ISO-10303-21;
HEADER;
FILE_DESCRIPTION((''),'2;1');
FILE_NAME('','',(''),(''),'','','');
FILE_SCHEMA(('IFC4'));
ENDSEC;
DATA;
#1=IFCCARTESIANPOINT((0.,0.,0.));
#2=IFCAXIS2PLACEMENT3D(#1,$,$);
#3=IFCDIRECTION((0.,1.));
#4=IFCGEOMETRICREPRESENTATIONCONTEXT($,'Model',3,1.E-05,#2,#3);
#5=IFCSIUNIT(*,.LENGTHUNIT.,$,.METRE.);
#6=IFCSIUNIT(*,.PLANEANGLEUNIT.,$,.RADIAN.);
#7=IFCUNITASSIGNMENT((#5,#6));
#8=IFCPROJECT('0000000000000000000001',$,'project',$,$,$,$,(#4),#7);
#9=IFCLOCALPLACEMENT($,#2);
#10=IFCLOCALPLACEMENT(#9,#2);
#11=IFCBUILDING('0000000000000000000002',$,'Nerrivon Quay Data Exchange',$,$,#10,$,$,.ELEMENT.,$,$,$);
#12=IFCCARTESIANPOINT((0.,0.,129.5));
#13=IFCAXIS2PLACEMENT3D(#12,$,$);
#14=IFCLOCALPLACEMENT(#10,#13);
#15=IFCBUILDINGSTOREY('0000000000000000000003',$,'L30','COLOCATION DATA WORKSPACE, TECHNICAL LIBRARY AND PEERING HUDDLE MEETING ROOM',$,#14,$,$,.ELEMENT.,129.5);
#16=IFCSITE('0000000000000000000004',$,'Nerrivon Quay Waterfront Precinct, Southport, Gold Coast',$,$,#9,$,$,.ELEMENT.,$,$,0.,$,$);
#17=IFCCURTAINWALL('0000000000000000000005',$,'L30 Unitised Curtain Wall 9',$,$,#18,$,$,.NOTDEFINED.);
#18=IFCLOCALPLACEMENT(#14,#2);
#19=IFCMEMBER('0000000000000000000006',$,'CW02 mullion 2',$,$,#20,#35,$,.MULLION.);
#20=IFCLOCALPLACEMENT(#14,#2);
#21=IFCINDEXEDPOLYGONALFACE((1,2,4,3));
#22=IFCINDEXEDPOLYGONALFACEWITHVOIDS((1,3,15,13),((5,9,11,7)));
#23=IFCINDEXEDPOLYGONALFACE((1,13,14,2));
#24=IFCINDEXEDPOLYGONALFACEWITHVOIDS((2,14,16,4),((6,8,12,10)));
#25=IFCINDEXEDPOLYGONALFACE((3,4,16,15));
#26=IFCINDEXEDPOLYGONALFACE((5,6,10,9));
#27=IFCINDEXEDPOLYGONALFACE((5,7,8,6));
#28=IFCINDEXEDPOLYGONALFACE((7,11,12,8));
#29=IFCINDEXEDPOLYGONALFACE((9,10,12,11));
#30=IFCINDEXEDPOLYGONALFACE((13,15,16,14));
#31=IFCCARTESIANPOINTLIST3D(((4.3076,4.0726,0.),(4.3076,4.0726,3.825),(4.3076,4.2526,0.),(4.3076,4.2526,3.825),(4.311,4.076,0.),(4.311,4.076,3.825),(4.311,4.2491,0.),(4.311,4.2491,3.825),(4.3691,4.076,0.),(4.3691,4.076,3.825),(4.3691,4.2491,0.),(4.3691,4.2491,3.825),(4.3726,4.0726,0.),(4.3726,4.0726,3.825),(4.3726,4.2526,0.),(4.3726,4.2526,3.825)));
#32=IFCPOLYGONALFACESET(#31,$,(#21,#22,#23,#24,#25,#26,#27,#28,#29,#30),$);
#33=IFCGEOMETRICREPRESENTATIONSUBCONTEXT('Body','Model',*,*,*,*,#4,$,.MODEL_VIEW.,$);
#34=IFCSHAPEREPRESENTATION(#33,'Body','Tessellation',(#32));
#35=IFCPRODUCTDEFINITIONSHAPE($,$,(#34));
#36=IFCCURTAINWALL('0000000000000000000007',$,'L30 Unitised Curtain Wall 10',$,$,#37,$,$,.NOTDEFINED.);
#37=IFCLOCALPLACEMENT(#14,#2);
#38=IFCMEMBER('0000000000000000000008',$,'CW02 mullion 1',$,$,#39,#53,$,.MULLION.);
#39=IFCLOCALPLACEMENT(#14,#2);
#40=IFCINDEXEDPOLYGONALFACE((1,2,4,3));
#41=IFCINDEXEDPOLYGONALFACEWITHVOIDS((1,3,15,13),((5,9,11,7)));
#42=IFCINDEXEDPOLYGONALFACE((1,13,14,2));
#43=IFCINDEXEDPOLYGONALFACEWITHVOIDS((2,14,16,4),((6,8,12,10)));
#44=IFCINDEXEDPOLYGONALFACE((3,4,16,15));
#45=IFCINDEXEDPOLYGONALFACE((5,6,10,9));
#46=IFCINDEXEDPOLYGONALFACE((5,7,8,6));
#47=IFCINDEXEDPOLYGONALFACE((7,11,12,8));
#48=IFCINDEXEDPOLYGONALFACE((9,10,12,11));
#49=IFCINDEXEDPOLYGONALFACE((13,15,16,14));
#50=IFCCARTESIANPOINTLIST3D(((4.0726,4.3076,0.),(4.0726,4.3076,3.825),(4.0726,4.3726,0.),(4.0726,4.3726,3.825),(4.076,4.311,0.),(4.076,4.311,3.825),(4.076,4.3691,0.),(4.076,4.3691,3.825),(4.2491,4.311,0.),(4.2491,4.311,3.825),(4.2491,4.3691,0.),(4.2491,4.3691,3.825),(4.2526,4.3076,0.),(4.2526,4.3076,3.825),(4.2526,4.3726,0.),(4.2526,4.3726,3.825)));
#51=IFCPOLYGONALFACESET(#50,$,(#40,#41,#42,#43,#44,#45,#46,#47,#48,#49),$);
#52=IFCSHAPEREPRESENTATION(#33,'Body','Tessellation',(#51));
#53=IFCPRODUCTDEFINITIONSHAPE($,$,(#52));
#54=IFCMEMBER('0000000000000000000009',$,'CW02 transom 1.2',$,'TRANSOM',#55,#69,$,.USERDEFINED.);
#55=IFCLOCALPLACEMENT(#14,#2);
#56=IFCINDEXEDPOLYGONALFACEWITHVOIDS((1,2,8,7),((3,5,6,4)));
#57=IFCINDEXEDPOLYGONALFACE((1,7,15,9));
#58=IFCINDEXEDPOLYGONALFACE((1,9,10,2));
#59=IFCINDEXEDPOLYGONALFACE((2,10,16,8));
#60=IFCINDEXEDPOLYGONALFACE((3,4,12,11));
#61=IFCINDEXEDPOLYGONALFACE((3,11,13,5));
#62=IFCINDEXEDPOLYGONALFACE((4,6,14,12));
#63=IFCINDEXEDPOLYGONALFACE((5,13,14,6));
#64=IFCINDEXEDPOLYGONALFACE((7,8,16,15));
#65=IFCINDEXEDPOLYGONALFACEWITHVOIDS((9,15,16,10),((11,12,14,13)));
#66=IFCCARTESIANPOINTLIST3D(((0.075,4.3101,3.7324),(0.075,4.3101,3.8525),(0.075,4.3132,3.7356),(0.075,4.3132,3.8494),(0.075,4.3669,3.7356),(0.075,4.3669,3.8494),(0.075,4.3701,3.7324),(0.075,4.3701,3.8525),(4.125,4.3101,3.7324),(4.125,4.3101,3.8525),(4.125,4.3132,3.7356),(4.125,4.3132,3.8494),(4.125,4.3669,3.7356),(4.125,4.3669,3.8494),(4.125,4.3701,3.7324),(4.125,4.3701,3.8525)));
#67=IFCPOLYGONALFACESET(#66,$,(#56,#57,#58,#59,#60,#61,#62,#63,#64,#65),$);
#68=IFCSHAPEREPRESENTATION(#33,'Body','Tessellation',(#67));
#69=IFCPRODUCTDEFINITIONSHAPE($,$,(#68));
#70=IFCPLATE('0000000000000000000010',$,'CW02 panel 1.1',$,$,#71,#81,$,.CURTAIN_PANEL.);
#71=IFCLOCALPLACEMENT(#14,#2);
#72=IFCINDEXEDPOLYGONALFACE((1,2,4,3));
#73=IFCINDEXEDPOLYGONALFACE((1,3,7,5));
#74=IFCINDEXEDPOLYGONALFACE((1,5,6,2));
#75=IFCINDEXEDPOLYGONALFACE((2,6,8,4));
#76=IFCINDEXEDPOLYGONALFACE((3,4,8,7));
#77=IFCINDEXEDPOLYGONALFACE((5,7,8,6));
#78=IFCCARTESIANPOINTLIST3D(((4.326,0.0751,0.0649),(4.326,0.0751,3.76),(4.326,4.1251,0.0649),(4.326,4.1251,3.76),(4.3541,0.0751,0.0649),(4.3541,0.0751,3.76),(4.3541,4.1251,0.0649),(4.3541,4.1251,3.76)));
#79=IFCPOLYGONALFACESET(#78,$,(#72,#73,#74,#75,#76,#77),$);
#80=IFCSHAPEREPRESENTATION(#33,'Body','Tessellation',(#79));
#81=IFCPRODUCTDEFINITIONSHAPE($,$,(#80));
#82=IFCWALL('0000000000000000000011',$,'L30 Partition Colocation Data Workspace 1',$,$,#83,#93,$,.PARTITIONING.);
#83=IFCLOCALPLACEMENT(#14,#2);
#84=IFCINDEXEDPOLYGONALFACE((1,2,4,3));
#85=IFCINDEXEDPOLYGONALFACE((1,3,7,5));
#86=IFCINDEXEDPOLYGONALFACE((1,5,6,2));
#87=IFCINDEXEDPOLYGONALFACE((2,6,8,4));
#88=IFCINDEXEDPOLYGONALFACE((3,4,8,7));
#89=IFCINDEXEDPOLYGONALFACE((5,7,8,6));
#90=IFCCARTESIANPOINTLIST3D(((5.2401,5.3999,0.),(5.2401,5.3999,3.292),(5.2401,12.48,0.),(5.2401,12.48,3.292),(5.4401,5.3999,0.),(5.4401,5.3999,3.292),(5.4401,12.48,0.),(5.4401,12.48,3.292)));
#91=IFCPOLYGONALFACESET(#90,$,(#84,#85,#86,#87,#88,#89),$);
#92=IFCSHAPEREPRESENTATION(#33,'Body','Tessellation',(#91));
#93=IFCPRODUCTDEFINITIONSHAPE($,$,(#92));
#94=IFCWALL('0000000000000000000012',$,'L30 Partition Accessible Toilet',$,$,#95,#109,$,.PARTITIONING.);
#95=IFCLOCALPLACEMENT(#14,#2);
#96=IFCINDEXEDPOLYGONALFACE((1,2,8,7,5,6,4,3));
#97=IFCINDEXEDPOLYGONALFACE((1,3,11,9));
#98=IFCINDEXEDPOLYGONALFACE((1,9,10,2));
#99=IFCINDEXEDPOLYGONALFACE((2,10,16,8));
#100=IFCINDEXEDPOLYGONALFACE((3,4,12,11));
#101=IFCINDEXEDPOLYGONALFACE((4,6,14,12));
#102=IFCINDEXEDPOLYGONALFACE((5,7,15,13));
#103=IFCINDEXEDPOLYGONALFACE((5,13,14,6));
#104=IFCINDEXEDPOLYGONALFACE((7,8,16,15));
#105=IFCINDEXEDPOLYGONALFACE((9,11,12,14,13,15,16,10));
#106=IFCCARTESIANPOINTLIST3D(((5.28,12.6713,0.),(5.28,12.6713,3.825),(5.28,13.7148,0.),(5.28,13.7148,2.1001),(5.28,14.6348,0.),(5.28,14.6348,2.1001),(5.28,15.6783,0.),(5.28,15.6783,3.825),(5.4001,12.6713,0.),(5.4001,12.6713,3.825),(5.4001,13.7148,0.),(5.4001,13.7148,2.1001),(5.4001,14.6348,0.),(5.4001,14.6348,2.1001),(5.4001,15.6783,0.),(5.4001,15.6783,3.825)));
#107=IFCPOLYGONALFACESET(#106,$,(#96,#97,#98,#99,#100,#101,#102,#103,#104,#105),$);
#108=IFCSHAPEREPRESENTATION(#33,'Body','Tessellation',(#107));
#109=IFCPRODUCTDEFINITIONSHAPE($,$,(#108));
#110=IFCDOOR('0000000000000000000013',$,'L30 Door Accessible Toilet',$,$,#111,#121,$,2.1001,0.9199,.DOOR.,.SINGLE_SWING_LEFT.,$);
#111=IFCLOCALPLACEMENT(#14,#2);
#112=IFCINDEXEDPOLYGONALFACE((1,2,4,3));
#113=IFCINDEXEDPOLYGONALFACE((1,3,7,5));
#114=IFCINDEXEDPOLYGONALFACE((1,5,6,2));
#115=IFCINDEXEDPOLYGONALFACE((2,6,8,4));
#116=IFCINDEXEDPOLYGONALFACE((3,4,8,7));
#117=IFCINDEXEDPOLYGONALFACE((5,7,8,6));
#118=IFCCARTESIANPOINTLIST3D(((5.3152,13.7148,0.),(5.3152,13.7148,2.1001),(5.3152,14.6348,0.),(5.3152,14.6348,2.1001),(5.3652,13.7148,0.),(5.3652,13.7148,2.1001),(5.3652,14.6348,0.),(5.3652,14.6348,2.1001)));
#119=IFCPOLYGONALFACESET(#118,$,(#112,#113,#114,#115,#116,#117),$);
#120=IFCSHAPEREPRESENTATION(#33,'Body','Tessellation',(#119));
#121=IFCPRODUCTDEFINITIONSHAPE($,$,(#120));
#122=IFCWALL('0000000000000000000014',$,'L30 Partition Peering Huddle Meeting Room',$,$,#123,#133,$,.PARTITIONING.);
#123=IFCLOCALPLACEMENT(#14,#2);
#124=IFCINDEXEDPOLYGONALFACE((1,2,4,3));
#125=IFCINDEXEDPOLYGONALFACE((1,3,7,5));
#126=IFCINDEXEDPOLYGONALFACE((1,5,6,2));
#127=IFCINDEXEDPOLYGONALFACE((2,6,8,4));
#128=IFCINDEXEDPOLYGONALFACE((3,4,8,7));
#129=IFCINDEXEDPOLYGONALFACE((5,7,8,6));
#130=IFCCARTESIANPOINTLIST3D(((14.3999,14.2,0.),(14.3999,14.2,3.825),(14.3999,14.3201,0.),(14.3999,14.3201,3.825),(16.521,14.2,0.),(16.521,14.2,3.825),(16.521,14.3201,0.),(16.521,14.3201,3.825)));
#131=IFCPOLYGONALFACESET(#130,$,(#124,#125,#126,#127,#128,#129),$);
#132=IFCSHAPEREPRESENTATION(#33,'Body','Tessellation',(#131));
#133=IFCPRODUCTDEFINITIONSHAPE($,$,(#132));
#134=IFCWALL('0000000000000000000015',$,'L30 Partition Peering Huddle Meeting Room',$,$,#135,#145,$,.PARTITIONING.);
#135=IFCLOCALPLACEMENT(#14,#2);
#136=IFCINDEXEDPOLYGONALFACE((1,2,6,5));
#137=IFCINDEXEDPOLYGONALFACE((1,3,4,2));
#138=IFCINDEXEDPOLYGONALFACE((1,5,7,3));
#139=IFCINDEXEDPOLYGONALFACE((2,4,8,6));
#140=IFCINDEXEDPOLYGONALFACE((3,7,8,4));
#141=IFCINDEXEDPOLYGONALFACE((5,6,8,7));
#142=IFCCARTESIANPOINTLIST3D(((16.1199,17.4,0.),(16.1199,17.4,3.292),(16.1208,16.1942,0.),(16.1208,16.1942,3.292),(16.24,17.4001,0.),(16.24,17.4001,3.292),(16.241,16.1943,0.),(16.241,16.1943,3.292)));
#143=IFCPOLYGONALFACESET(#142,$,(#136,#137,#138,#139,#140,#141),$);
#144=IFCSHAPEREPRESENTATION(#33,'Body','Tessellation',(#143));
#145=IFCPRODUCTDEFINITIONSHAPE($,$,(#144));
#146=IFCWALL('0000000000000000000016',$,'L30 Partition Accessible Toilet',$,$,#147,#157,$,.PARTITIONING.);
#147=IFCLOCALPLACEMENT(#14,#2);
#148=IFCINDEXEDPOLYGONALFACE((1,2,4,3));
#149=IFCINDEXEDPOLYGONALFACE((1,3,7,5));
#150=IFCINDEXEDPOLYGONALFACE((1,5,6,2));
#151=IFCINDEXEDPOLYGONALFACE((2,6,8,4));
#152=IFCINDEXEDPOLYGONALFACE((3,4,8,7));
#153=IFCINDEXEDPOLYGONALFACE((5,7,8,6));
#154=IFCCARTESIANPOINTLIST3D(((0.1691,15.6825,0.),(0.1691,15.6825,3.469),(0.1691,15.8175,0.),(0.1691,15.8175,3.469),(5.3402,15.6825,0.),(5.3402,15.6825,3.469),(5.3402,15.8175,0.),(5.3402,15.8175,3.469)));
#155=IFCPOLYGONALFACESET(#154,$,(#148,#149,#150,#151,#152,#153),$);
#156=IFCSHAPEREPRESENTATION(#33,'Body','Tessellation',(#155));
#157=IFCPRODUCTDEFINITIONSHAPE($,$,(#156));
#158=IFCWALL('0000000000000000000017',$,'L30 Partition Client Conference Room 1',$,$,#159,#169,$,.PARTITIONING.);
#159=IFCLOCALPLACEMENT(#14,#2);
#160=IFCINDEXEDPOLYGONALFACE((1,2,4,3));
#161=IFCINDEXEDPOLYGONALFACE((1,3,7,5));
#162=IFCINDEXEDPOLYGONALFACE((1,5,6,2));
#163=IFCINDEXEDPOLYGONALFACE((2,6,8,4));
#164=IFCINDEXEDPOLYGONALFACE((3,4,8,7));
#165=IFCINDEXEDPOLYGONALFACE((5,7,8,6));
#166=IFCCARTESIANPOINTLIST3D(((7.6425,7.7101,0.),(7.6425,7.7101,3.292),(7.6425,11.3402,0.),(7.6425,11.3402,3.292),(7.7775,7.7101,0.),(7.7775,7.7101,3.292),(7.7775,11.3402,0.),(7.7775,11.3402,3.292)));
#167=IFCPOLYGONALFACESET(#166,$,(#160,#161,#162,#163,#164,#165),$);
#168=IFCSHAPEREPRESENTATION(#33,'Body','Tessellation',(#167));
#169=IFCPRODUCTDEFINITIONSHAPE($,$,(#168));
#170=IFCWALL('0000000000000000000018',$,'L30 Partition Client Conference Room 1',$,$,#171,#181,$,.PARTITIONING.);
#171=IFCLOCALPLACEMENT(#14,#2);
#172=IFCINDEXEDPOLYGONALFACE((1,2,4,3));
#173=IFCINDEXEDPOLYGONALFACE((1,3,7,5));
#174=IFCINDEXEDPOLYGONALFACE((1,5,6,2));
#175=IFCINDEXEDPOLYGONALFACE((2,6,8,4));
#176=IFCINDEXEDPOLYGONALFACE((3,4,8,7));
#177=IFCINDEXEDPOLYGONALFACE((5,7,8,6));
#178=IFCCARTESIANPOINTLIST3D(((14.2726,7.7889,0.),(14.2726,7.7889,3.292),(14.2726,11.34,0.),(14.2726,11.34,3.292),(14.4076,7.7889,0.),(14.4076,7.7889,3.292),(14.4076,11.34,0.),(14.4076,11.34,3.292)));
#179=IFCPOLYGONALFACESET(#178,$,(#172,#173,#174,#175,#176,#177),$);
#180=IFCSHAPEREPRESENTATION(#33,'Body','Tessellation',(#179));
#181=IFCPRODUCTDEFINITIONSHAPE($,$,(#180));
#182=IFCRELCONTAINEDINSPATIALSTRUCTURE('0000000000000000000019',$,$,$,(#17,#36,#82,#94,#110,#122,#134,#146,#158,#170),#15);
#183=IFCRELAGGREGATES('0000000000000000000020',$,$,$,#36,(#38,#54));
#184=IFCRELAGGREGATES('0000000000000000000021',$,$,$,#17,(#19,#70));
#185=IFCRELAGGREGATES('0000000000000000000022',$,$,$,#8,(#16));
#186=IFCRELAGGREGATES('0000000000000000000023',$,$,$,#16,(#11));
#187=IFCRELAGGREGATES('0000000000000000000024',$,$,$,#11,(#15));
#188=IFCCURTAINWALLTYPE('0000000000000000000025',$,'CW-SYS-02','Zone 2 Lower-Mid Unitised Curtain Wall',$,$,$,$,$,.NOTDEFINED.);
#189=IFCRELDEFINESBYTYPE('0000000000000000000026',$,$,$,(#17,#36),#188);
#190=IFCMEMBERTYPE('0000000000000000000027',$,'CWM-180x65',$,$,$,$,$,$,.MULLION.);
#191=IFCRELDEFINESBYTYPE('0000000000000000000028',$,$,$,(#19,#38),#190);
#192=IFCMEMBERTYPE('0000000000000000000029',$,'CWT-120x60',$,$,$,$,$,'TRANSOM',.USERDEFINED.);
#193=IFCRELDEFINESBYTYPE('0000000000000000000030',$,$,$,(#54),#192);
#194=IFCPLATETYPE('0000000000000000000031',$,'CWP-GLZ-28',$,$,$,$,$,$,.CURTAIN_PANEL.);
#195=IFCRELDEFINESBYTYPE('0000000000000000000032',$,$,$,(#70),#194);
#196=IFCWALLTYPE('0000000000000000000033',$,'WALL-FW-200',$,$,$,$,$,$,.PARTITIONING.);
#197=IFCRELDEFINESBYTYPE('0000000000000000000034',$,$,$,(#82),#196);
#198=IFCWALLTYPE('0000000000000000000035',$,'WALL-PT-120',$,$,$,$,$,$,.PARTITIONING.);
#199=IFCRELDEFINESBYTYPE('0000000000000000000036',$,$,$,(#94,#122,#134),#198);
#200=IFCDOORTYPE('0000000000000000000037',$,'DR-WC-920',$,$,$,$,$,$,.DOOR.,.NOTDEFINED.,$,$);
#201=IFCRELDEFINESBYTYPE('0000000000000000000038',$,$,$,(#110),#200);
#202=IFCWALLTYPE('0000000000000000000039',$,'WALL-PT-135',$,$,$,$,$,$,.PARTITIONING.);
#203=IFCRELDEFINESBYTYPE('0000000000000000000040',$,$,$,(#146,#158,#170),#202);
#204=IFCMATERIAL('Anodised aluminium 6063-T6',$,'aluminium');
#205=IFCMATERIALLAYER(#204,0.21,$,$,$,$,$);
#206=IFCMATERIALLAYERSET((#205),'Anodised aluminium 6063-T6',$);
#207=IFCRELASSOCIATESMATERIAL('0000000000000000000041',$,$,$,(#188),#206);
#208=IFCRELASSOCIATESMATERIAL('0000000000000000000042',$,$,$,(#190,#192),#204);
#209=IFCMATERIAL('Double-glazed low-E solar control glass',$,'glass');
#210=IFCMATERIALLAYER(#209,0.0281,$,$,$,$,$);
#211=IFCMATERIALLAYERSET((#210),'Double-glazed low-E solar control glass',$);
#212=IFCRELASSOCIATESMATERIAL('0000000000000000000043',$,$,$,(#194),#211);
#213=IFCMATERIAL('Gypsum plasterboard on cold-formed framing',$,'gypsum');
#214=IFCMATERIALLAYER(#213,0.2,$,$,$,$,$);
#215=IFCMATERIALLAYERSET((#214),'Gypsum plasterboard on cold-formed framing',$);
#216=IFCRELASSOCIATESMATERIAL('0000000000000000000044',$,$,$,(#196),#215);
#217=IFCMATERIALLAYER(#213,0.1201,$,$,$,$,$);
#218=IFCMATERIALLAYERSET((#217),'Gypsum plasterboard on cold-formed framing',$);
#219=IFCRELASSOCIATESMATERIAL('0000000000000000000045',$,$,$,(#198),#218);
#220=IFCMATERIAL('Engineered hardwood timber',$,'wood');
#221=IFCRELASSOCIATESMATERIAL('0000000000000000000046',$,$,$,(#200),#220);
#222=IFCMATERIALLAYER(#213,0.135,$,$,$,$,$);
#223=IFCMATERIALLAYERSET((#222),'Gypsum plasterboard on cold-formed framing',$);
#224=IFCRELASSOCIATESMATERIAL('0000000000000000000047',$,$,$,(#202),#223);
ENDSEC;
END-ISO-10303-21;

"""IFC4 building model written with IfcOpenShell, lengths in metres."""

from ifc_helpers import new_model, si_unit, direction, frame, frame_2d, origin, origin_2d, place, context, subcontext, project, spatial, rectangle, hollow_rectangle, extrude, material, layer, layer_set, material_profile, profile_set, type_object, element, fill, aggregate, save


model = new_model("IFC4")

# Units and contexts
model_context = context("Model", 3, precision=1e-05, world=origin(), true_north=direction((0.0, 1.0)))
body_context = subcontext(model_context, "Body", "Model", "MODEL_VIEW")
ifc_project = project(units=[si_unit("LENGTHUNIT", "METRE"), si_unit("PLANEANGLEUNIT", "RADIAN")], contexts=[model_context])

# Site, building, storey
site_placement = place(None, origin())
site = spatial("IfcSite", under=ifc_project, at=site_placement, Name="Nerrivon Quay Waterfront Precinct, Southport, Gold Coast", CompositionType="ELEMENT", RefElevation=0.0)
building_placement = place(site_placement, origin())
building = spatial("IfcBuilding", under=site, at=building_placement, Name="Nerrivon Quay Data Exchange", CompositionType="ELEMENT")
storey_placement = place(building_placement, frame((0.0, 0.0, 129.5)))
storey = spatial("IfcBuildingStorey", under=building, at=storey_placement, Name="L30", Description="COLOCATION DATA WORKSPACE, TECHNICAL LIBRARY AND PEERING HUDDLE MEETING ROOM", CompositionType="ELEMENT", Elevation=129.5)

# Curtain wall, member
ifc_material_1 = material(Name="Anodised aluminium 6063-T6", Category="aluminium")
ifc_layer_1 = layer(ifc_material_1, 0.21)
ifc_layer_set_1 = layer_set([ifc_layer_1], Name="Anodised aluminium 6063-T6")
curtain_wall_type = type_object("IfcCurtainWallType", Name="CW-SYS-02", Description="Zone 2 Lower-Mid Unitised Curtain Wall", PredefinedType="NOTDEFINED", material=ifc_layer_set_1)
curtain_wall_1_placement = place(storey_placement, origin())
curtain_wall_1 = element("IfcCurtainWall", 1, at=curtain_wall_1_placement, inside=storey, type_object=curtain_wall_type, Name="L30 Unitised Curtain Wall 9", PredefinedType="NOTDEFINED")
ifc_material_profile_1 = material_profile(ifc_material_1, hollow_rectangle(XDim=0.0649, YDim=0.1799, WallThickness=0.0034, at=origin_2d()), Name="ALU-MULL-180x65")
ifc_profile_set_1 = profile_set([ifc_material_profile_1], Name="Anodised aluminium 6063-T6")
member_type_1 = type_object("IfcMemberType", Name="CWM-180x65", PredefinedType="MULLION", material=ifc_profile_set_1)
member_1_placement = place(storey_placement, frame((4.3401, 4.1626, 0.0), z_axis=(0.0, 0.0, 1.0), x_axis=(-1.0, 0.0, 0.0)))
member_1 = element("IfcMember", 2, at=member_1_placement, type_object=member_type_1, Name="CW02 mullion 2", PredefinedType="MULLION", context=body_context, shape_type="SweptSolid", body=[
    extrude(hollow_rectangle(XDim=0.0649, YDim=0.1799, WallThickness=0.0034, at=origin_2d()), origin(), (0.0, 0.0, 1.0), 3.825),
])

# Curtain wall, members
curtain_wall_2_placement = place(storey_placement, origin())
curtain_wall_2 = element("IfcCurtainWall", 3, at=curtain_wall_2_placement, inside=storey, type_object=curtain_wall_type, Name="L30 Unitised Curtain Wall 10", PredefinedType="NOTDEFINED")
member_2_placement = place(storey_placement, frame((4.1626, 4.3401, 0.0), z_axis=(0.0, 0.0, 1.0), x_axis=(0.0, -1.0, 0.0)))
member_2 = element("IfcMember", 4, at=member_2_placement, type_object=member_type_1, Name="CW02 mullion 1", PredefinedType="MULLION", context=body_context, shape_type="SweptSolid", body=[
    extrude(hollow_rectangle(XDim=0.0649, YDim=0.1799, WallThickness=0.0034, at=origin_2d()), origin(), (0.0, 0.0, 1.0), 3.825),
])
ifc_material_profile_2 = material_profile(ifc_material_1, hollow_rectangle(XDim=0.0601, YDim=0.1201, WallThickness=0.0032, at=origin_2d()), Name="ALU-TRAN-120x60")
ifc_profile_set_2 = profile_set([ifc_material_profile_2], Name="Anodised aluminium 6063-T6")
member_type_2 = type_object("IfcMemberType", Name="CWT-120x60", ElementType="TRANSOM", PredefinedType="USERDEFINED", material=ifc_profile_set_2)
member_3_placement = place(storey_placement, frame((4.125, 4.3401, 3.7925), z_axis=(-1.0, 0.0, 0.0), x_axis=(0.0, -1.0, 0.0)))
member_3 = element("IfcMember", 5, at=member_3_placement, type_object=member_type_2, Name="CW02 transom 1.2", ObjectType="TRANSOM", PredefinedType="USERDEFINED", context=body_context, shape_type="SweptSolid", body=[
    extrude(hollow_rectangle(XDim=0.0601, YDim=0.1201, WallThickness=0.0032, at=origin_2d()), origin(), (0.0, 0.0, 1.0), 4.05),
])
aggregate(curtain_wall_2, [member_2, member_3])

# Plate
ifc_material_2 = material(Name="Double-glazed low-E solar control glass", Category="glass")
ifc_layer_2 = layer(ifc_material_2, 0.0281)
ifc_layer_set_2 = layer_set([ifc_layer_2], Name="Double-glazed low-E solar control glass")
plate_type = type_object("IfcPlateType", Name="CWP-GLZ-28", PredefinedType="CURTAIN_PANEL", material=ifc_layer_set_2)
plate_placement = place(storey_placement, frame((4.3401, 2.1001, 0.0649), z_axis=(0.0, 0.0, 1.0), x_axis=(0.0, 1.0, 0.0)))
plate = element("IfcPlate", 6, at=plate_placement, type_object=plate_type, Name="CW02 panel 1.1", PredefinedType="CURTAIN_PANEL", context=body_context, shape_type="SweptSolid", body=[
    extrude(rectangle(XDim=4.05, YDim=0.0281, at=origin_2d()), origin(), (0.0, 0.0, 1.0), 3.6951),
])
aggregate(curtain_wall_1, [member_1, plate])

# Wall
ifc_material_3 = material(Name="Gypsum plasterboard on cold-formed framing", Category="gypsum")
ifc_layer_3 = layer(ifc_material_3, 0.2)
ifc_layer_set_3 = layer_set([ifc_layer_3], Name="Gypsum plasterboard on cold-formed framing")
wall_type_1 = type_object("IfcWallType", Name="WALL-FW-200", PredefinedType="PARTITIONING", material=ifc_layer_set_3)
wall_1_placement = place(storey_placement, frame((5.3401, 5.3999, 0.0), z_axis=(0.0, 0.0, 1.0), x_axis=(0.0, 1.0, 0.0)))
element("IfcWall", 7, at=wall_1_placement, inside=storey, type_object=wall_type_1, Name="L30 Partition Colocation Data Workspace 1", PredefinedType="PARTITIONING", context=body_context, shape_type="SweptSolid", body=[
    extrude(rectangle(XDim=7.0801, YDim=0.2, at=frame_2d((3.54, 0.0))), origin(), (0.0, 0.0, 1.0), 3.292),
])

# Wall, opening, door
ifc_layer_4 = layer(ifc_material_3, 0.1201)
ifc_layer_set_4 = layer_set([ifc_layer_4], Name="Gypsum plasterboard on cold-formed framing")
wall_type_2 = type_object("IfcWallType", Name="WALL-PT-120", PredefinedType="PARTITIONING", material=ifc_layer_set_4)
wall_2_placement = place(storey_placement, frame((5.3401, 12.6714, 0.0), z_axis=(0.0, 0.0, 1.0), x_axis=(0.0, 1.0, 0.0)))
wall_2 = element("IfcWall", 8, at=wall_2_placement, inside=storey, type_object=wall_type_2, Name="L30 Partition Accessible Toilet", PredefinedType="PARTITIONING", context=body_context, shape_type="SweptSolid", body=[
    extrude(rectangle(XDim=3.0071, YDim=0.1201, at=frame_2d((1.5034, 0.0))), origin(), (0.0, 0.0, 1.0), 3.825),
])
opening_1_placement = place(wall_2_placement, frame((1.0435, 0.0, 0.0)))
opening_1 = element("IfcOpeningElement", 9, at=opening_1_placement, cuts=wall_2, PredefinedType="OPENING", context=body_context, shape_type="SweptSolid", body=[
    extrude(rectangle(XDim=0.9199, YDim=2.1001, at=frame_2d((0.46, 1.05))), frame((0.0, 0.0701, 0.0), z_axis=(0.0, -1.0, 0.0), x_axis=(1.0, 0.0, 0.0)), (0.0, 0.0, 1.0), 0.1401),
])
ifc_material_4 = material(Name="Engineered hardwood timber", Category="wood")
door_type_1 = type_object("IfcDoorType", Name="DR-WC-920", OperationType="NOTDEFINED", PredefinedType="DOOR", material=ifc_material_4)
door_1_placement = place(opening_1_placement, origin())
door_1 = element("IfcDoor", 10, at=door_1_placement, inside=storey, type_object=door_type_1, Name="L30 Door Accessible Toilet", OperationType="SINGLE_SWING_LEFT", OverallHeight=2.1001, OverallWidth=0.9199, PredefinedType="DOOR", context=body_context, shape_type="SweptSolid", body=[
    extrude(rectangle(XDim=0.9199, YDim=2.1001, at=frame_2d((0.46, 1.05))), frame((0.0, 0.0249, 0.0), z_axis=(0.0, -1.0, 0.0), x_axis=(1.0, 0.0, 0.0)), (0.0, 0.0, 1.0), 0.05),
])
fill(opening_1, door_1)

# Walls
wall_3_placement = place(storey_placement, frame((14.3999, 14.26, 0.0), z_axis=(0.0, 0.0, 1.0), x_axis=(1.0, 0.0, 0.0)))
element("IfcWall", 11, at=wall_3_placement, inside=storey, type_object=wall_type_2, Name="L30 Partition Peering Huddle Meeting Room", PredefinedType="PARTITIONING", context=body_context, shape_type="SweptSolid", body=[
    extrude(rectangle(XDim=2.1211, YDim=0.1201, at=frame_2d((1.0605, 0.0))), origin(), (0.0, 0.0, 1.0), 3.825),
])
wall_4_placement = place(storey_placement, frame((16.1809, 16.1941, 0.0), z_axis=(0.0, 0.0, 1.0), x_axis=(-0.00081, 1.0, 0.0)))
element("IfcWall", 12, at=wall_4_placement, inside=storey, type_object=wall_type_2, Name="L30 Partition Peering Huddle Meeting Room", PredefinedType="PARTITIONING", context=body_context, shape_type="SweptSolid", body=[
    extrude(rectangle(XDim=1.2058, YDim=0.1201, at=frame_2d((0.603, 0.0))), origin(), (0.0, 0.0, 1.0), 3.292),
])
ifc_layer_5 = layer(ifc_material_3, 0.135)
ifc_layer_set_5 = layer_set([ifc_layer_5], Name="Gypsum plasterboard on cold-formed framing")
wall_type_3 = type_object("IfcWallType", Name="WALL-PT-135", PredefinedType="PARTITIONING", material=ifc_layer_set_5)
wall_5_placement = place(storey_placement, frame((5.3401, 15.75, 0.0), z_axis=(0.0, 0.0, 1.0), x_axis=(-1.0, 0.0, 0.0)))
element("IfcWall", 13, at=wall_5_placement, inside=storey, type_object=wall_type_3, Name="L30 Partition Accessible Toilet", PredefinedType="PARTITIONING", context=body_context, shape_type="SweptSolid", body=[
    extrude(rectangle(XDim=5.1711, YDim=0.135, at=frame_2d((2.5854, 0.0))), origin(), (0.0, 0.0, 1.0), 3.469),
])
wall_6_placement = place(storey_placement, frame((7.71, 11.3401, 0.0), z_axis=(0.0, 0.0, 1.0), x_axis=(0.0, -1.0, 0.0)))
element("IfcWall", 14, at=wall_6_placement, inside=storey, type_object=wall_type_3, Name="L30 Partition Client Conference Room 1", PredefinedType="PARTITIONING", context=body_context, shape_type="SweptSolid", body=[
    extrude(rectangle(XDim=3.6301, YDim=0.135, at=frame_2d((1.8149, 0.0))), origin(), (0.0, 0.0, 1.0), 3.292),
])
wall_7_placement = place(storey_placement, frame((14.3401, 7.7891, 0.0), z_axis=(0.0, 0.0, 1.0), x_axis=(0.0, 1.0, 0.0)))
element("IfcWall", 15, at=wall_7_placement, inside=storey, type_object=wall_type_3, Name="L30 Partition Client Conference Room 1", PredefinedType="PARTITIONING", context=body_context, shape_type="SweptSolid", body=[
    extrude(rectangle(XDim=3.551, YDim=0.135, at=frame_2d((1.7754, 0.0))), origin(), (0.0, 0.0, 1.0), 3.292),
])

save(model, "model.ifc")
